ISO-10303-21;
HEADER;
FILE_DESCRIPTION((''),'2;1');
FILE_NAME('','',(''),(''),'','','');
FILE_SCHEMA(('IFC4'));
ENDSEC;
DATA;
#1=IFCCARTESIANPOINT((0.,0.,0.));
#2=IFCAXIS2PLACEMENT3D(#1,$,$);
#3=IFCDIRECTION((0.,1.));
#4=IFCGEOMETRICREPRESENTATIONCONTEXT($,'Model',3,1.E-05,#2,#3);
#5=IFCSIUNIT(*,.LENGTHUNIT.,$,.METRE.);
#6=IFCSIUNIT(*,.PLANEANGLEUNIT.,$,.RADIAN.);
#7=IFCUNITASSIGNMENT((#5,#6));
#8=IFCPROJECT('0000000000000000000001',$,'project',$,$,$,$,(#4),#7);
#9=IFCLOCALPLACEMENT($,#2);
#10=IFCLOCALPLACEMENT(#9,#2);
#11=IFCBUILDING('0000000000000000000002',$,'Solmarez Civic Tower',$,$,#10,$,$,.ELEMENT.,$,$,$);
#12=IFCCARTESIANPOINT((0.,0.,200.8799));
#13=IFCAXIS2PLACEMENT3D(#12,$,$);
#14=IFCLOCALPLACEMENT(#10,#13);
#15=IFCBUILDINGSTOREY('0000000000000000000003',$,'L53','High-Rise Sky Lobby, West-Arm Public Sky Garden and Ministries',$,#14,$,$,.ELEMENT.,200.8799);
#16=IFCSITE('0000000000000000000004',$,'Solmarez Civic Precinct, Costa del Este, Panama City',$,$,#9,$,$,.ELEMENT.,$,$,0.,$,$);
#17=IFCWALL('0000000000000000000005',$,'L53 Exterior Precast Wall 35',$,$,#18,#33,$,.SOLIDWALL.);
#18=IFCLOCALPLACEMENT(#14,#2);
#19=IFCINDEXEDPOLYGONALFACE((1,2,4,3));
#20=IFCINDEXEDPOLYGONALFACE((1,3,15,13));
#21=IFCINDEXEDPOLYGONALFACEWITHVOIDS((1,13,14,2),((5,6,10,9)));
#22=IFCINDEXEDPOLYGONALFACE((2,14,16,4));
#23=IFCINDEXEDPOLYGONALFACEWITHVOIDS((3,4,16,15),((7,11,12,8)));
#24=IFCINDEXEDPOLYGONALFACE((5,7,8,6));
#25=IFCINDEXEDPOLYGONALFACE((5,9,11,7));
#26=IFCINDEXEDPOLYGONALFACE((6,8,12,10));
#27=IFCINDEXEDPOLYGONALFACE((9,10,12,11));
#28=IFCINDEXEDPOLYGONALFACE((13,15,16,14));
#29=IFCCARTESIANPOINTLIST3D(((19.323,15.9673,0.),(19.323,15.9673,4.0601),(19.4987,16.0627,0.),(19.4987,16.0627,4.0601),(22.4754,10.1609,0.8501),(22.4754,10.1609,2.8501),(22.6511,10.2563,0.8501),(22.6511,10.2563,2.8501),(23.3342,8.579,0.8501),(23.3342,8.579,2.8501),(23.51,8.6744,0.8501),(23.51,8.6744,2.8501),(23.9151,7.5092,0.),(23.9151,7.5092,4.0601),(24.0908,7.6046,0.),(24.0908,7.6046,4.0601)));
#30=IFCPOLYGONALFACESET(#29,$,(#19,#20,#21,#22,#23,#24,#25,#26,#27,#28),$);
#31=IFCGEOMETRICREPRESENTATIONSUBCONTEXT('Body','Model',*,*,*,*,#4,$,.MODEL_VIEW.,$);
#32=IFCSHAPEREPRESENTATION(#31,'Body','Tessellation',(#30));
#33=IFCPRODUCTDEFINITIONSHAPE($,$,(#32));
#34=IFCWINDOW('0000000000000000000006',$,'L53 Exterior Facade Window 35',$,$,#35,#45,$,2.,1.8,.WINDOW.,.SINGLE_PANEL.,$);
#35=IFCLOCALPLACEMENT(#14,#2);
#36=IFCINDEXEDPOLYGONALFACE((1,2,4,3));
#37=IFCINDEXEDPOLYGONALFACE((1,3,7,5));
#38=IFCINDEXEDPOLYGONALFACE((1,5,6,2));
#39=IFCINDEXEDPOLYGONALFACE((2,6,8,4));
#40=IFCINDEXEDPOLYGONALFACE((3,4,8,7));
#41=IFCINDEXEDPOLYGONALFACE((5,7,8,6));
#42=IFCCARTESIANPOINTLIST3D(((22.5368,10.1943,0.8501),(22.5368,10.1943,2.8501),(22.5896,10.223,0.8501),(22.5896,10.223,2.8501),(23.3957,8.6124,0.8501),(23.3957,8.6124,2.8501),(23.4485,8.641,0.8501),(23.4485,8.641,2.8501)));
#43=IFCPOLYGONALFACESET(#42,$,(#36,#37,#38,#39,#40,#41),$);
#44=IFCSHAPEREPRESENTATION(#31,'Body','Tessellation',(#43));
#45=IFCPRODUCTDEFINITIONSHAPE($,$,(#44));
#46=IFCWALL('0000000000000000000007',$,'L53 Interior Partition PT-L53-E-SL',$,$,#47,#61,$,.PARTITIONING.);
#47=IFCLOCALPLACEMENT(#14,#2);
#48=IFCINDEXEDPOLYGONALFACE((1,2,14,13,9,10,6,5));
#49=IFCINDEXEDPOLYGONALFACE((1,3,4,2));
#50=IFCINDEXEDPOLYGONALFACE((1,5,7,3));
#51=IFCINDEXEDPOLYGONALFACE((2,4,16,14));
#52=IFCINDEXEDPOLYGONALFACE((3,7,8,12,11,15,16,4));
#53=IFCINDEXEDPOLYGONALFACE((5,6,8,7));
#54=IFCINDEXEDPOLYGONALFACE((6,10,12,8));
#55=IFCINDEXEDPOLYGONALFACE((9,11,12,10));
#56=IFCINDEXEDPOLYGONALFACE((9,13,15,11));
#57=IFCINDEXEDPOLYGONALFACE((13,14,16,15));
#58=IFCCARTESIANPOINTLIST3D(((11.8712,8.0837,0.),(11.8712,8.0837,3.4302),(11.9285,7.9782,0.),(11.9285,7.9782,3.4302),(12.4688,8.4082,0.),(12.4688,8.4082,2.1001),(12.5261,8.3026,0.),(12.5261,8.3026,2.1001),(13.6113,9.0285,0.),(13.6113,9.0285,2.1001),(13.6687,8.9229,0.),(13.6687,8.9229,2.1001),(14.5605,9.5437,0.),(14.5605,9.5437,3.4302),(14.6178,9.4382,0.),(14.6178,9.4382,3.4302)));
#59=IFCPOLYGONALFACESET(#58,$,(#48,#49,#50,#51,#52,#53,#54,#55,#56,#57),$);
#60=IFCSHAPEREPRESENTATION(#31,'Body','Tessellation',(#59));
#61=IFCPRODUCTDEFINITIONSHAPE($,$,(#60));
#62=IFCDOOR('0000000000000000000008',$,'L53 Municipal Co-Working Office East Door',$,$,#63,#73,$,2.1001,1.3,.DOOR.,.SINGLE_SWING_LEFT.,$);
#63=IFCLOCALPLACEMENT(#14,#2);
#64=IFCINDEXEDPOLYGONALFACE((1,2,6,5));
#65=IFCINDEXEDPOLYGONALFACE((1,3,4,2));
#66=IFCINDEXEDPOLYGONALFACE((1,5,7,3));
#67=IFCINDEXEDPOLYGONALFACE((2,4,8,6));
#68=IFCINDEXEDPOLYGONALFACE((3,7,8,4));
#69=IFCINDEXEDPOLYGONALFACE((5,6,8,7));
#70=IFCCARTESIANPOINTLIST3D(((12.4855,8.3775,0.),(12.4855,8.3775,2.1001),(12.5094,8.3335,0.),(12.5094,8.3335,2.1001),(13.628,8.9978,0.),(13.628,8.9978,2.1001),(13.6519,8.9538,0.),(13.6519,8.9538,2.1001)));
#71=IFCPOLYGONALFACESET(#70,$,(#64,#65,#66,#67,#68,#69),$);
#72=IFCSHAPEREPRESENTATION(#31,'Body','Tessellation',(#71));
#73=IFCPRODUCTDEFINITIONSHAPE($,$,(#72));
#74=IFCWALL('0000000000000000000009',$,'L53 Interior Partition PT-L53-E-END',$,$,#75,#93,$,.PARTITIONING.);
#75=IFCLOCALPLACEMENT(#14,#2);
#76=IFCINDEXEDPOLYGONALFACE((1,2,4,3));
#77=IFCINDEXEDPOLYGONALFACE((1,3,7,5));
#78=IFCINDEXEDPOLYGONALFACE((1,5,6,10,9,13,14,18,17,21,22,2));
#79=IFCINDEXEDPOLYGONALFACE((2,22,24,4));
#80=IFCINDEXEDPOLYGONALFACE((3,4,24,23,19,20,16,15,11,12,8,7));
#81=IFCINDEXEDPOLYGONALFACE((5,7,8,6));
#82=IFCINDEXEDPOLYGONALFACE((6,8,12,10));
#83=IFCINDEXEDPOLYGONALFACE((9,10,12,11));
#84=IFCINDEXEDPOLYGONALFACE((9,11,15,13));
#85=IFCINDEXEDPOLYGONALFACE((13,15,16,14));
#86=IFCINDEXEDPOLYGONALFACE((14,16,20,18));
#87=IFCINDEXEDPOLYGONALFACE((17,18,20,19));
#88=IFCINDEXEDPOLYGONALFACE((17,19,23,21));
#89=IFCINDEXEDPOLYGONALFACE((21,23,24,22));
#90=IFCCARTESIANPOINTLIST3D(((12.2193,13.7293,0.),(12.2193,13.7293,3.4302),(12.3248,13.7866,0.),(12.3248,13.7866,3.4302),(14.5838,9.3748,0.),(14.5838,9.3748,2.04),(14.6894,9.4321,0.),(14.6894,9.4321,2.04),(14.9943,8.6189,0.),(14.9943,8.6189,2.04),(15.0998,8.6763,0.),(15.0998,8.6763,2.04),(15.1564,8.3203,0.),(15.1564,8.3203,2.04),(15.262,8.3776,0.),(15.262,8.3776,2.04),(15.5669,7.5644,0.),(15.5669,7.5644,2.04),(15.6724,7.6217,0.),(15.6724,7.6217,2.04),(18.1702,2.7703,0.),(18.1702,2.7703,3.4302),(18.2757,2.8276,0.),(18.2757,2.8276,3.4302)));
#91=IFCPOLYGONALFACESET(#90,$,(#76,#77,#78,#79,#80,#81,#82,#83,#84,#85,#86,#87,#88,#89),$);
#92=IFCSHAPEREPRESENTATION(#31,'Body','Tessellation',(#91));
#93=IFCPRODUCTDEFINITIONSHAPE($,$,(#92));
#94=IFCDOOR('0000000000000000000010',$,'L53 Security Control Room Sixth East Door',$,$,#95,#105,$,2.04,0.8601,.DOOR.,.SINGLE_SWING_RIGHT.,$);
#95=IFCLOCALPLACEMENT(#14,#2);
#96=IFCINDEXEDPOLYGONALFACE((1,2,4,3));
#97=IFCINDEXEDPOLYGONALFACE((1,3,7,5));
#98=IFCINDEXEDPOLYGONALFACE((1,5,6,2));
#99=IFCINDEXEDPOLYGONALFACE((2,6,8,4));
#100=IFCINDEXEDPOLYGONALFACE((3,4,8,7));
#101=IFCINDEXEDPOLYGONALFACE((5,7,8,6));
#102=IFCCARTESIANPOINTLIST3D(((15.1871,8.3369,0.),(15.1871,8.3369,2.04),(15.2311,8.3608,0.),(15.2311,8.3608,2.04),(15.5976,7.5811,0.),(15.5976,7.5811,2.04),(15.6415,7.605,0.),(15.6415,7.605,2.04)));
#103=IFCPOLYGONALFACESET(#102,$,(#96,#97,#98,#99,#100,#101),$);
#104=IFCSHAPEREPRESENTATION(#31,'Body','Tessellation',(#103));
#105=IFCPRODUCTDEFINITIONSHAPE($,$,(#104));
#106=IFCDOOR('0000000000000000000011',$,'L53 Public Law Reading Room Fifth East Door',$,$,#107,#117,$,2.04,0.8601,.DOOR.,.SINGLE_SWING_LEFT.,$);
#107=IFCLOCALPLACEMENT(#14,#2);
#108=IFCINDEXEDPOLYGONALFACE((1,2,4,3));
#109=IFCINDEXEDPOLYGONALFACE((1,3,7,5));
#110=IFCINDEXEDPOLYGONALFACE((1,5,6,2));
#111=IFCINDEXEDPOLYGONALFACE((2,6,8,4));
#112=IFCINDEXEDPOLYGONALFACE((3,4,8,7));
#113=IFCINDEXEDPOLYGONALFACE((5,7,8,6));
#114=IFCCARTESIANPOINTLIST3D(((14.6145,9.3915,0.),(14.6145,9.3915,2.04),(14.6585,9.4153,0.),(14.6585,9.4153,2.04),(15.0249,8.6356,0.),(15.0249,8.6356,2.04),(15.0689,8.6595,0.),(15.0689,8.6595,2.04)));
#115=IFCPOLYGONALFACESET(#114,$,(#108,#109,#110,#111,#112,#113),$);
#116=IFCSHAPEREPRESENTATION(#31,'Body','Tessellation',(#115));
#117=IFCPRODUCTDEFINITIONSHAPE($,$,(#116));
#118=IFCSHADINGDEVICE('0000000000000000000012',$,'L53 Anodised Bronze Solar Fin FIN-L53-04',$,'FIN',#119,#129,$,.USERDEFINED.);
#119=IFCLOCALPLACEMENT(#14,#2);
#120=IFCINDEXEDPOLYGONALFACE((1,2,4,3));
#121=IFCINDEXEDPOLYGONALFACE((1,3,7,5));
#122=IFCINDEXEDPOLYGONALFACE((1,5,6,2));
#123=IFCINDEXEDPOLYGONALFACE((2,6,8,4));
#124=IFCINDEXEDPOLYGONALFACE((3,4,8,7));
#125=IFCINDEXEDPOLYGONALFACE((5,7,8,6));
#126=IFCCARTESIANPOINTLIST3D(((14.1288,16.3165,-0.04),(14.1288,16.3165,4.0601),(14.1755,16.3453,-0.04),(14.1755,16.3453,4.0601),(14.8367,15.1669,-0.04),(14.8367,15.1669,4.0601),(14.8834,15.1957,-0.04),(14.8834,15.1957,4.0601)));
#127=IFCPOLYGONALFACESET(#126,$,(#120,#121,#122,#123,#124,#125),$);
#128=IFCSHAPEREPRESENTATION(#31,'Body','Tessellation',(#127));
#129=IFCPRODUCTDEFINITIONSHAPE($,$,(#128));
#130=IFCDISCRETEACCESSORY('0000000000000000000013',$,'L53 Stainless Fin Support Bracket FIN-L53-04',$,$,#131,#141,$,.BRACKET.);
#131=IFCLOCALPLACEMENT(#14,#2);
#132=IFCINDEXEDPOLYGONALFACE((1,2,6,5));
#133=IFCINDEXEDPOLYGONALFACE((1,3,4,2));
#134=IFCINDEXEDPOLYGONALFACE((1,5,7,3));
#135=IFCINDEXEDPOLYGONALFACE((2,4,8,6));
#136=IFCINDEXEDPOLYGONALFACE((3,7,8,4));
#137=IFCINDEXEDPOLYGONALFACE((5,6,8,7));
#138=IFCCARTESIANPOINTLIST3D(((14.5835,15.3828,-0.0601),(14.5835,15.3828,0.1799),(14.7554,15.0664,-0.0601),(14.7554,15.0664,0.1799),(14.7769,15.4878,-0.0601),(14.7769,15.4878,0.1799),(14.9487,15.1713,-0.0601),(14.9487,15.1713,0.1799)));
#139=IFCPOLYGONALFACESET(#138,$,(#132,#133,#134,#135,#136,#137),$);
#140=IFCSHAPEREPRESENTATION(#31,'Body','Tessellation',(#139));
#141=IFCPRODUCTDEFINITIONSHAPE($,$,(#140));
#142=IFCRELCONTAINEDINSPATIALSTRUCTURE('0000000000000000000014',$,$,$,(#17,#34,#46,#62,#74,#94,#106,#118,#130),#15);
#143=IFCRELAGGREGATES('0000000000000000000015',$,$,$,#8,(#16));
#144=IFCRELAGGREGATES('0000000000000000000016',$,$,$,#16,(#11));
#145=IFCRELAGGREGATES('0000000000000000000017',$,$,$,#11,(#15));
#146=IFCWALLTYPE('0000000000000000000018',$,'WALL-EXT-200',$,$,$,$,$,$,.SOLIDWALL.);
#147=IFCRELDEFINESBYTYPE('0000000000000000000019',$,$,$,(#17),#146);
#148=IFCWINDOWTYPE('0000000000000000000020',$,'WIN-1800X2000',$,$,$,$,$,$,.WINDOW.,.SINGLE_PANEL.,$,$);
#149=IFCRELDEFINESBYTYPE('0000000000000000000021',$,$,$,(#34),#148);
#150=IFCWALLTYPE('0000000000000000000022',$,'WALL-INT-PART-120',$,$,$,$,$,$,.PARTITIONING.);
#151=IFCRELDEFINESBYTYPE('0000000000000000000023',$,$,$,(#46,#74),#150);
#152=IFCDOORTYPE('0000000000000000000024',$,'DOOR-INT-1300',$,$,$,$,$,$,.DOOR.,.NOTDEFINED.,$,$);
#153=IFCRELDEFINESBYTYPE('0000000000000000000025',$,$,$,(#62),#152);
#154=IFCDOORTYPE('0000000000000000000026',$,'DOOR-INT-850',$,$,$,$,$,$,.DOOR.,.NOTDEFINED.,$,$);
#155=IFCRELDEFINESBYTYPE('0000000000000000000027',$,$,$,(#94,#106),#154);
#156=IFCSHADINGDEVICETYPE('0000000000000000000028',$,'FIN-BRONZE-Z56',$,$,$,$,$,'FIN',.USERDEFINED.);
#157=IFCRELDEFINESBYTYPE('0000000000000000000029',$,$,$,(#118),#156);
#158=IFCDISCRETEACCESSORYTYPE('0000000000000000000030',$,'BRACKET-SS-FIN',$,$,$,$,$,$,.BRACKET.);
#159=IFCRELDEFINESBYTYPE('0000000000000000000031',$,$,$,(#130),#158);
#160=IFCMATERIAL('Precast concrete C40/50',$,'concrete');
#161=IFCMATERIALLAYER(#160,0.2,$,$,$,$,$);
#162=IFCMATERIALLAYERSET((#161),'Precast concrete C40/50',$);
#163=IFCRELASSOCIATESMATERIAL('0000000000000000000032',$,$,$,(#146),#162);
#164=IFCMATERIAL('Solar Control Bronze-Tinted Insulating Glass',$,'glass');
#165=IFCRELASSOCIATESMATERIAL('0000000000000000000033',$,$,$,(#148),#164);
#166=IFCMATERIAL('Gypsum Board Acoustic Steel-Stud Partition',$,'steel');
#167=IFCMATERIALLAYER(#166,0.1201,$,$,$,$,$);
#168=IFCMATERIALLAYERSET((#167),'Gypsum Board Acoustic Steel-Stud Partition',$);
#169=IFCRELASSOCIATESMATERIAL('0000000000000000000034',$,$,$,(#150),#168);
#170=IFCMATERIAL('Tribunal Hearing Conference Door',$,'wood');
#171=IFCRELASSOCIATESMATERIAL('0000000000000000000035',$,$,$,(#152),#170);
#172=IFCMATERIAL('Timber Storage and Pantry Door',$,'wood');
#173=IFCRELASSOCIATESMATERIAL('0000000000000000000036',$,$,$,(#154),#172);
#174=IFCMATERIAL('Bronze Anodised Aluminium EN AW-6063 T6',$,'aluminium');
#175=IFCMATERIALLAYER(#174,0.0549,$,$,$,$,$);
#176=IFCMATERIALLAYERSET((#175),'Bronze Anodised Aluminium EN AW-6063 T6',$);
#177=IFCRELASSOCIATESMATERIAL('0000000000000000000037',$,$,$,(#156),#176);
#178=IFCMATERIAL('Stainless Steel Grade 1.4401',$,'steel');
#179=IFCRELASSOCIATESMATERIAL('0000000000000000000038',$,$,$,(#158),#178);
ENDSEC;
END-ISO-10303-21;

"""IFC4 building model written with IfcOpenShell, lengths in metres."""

from ifc_helpers import new_model, si_unit, direction, frame, frame_2d, origin, origin_2d, place, context, subcontext, project, spatial, rectangle, extrude, material, layer, layer_set, type_object, element, fill, save


model = new_model("IFC4")

# Units and contexts
model_context = context("Model", 3, precision=1e-05, world=origin(), true_north=direction((0.0, 1.0)))
body_context = subcontext(model_context, "Body", "Model", "MODEL_VIEW")
ifc_project = project(units=[si_unit("LENGTHUNIT", "METRE"), si_unit("PLANEANGLEUNIT", "RADIAN")], contexts=[model_context])

# Site, building, storey
site_placement = place(None, origin())
site = spatial("IfcSite", under=ifc_project, at=site_placement, Name="Solmarez Civic Precinct, Costa del Este, Panama City", CompositionType="ELEMENT", RefElevation=0.0)
building_placement = place(site_placement, origin())
building = spatial("IfcBuilding", under=site, at=building_placement, Name="Solmarez Civic Tower", CompositionType="ELEMENT")
storey_placement = place(building_placement, frame((0.0, 0.0, 200.8799)))
storey = spatial("IfcBuildingStorey", under=building, at=storey_placement, Name="L53", Description="High-Rise Sky Lobby, West-Arm Public Sky Garden and Ministries", CompositionType="ELEMENT", Elevation=200.8799)

# Shared definitions
ifc_material_1 = material(Name="Precast concrete C40/50", Category="concrete")
ifc_layer_1 = layer(ifc_material_1, 0.2)
ifc_layer_set_1 = layer_set([ifc_layer_1], Name="Precast concrete C40/50")
wall_type_1 = type_object("IfcWallType", Name="WALL-EXT-200", PredefinedType="SOLIDWALL", material=ifc_layer_set_1)
ifc_material_2 = material(Name="Solar Control Bronze-Tinted Insulating Glass", Category="glass")

# Wall, opening, window
wall_1_placement = place(storey_placement, frame((19.4109, 16.0149, 0.0), z_axis=(0.0, 0.0, 1.0), x_axis=(0.477136, -0.878829, 0.0)))
wall_1 = element("IfcWall", 1, at=wall_1_placement, inside=storey, type_object=wall_type_1, Name="L53 Exterior Precast Wall 35", PredefinedType="SOLIDWALL", context=body_context, shape_type="SweptSolid", body=[
    extrude(rectangle(XDim=9.6243, YDim=0.2, at=frame_2d((4.812, 0.0))), origin(), (0.0, 0.0, 1.0), 4.0601),
])
opening_1_placement = place(wall_1_placement, frame((6.6069, 0.0, 0.8501)))
opening_1 = element("IfcOpeningElement", 2, at=opening_1_placement, cuts=wall_1, PredefinedType="OPENING", context=body_context, shape_type="SweptSolid", body=[
    extrude(rectangle(XDim=1.8, YDim=2.0, at=frame_2d((0.8999, 1.0))), frame((0.0, 0.1099, 0.0), z_axis=(0.0, -1.0, 0.0), x_axis=(1.0, 0.0, 0.0)), (0.0, 0.0, 1.0), 0.22),
])
window_type_1 = type_object("IfcWindowType", Name="WIN-1800X2000", PartitioningType="SINGLE_PANEL", PredefinedType="WINDOW", material=ifc_material_2)
window_1_placement = place(opening_1_placement, origin())
window_1 = element("IfcWindow", 3, at=window_1_placement, inside=storey, type_object=window_type_1, Name="L53 Exterior Facade Window 35", OverallHeight=2.0, OverallWidth=1.8, PartitioningType="SINGLE_PANEL", PredefinedType="WINDOW", context=body_context, shape_type="SweptSolid", body=[
    extrude(rectangle(XDim=1.8, YDim=2.0, at=frame_2d((0.8999, 1.0))), frame((0.0, 0.03, 0.0), z_axis=(0.0, -1.0, 0.0), x_axis=(1.0, 0.0, 0.0)), (0.0, 0.0, 1.0), 0.0601),
])
fill(opening_1, window_1)

# Wall, opening, door
ifc_material_3 = material(Name="Gypsum Board Acoustic Steel-Stud Partition", Category="steel")
ifc_layer_2 = layer(ifc_material_3, 0.1201)
ifc_layer_set_2 = layer_set([ifc_layer_2], Name="Gypsum Board Acoustic Steel-Stud Partition")
wall_type_2 = type_object("IfcWallType", Name="WALL-INT-PART-120", PredefinedType="PARTITIONING", material=ifc_layer_set_2)
wall_2_placement = place(storey_placement, frame((14.5891, 9.491, 0.0), z_axis=(0.0, 0.0, 1.0), x_axis=(-0.878839, -0.477118, 0.0)))
wall_2 = element("IfcWall", 4, at=wall_2_placement, inside=storey, type_object=wall_type_2, Name="L53 Interior Partition PT-L53-E-SL", PredefinedType="PARTITIONING", context=body_context, shape_type="SweptSolid", body=[
    extrude(rectangle(XDim=3.0601, YDim=0.1201, at=frame_2d((1.53, 0.0))), origin(), (0.0, 0.0, 1.0), 3.4302),
])
opening_2_placement = place(wall_2_placement, frame((1.0801, 0.0, 0.0)))
opening_2 = element("IfcOpeningElement", 5, at=opening_2_placement, cuts=wall_2, PredefinedType="OPENING", context=body_context, shape_type="SweptSolid", body=[
    extrude(rectangle(XDim=1.3, YDim=2.1001, at=frame_2d((0.6499, 1.05))), frame((0.0, 0.0701, 0.0), z_axis=(0.0, -1.0, 0.0), x_axis=(1.0, 0.0, 0.0)), (0.0, 0.0, 1.0), 0.1401),
])
ifc_material_4 = material(Name="Tribunal Hearing Conference Door", Category="wood")
door_type_1 = type_object("IfcDoorType", Name="DOOR-INT-1300", OperationType="NOTDEFINED", PredefinedType="DOOR", material=ifc_material_4)
door_1_placement = place(opening_2_placement, origin())
door_1 = element("IfcDoor", 6, at=door_1_placement, inside=storey, type_object=door_type_1, Name="L53 Municipal Co-Working Office East Door", OperationType="SINGLE_SWING_LEFT", OverallHeight=2.1001, OverallWidth=1.3, PredefinedType="DOOR", context=body_context, shape_type="SweptSolid", body=[
    extrude(rectangle(XDim=1.3, YDim=2.1001, at=frame_2d((0.6499, 1.05))), frame((0.0, 0.0249, 0.0), z_axis=(0.0, -1.0, 0.0), x_axis=(1.0, 0.0, 0.0)), (0.0, 0.0, 1.0), 0.05),
])
fill(opening_2, door_1)

# Wall, openings, doors
wall_3_placement = place(storey_placement, frame((12.272, 13.7581, 0.0), z_axis=(0.0, 0.0, 1.0), x_axis=(0.477201, -0.878794, 0.0)))
wall_3 = element("IfcWall", 7, at=wall_3_placement, inside=storey, type_object=wall_type_2, Name="L53 Interior Partition PT-L53-E-END", PredefinedType="PARTITIONING", context=body_context, shape_type="SweptSolid", body=[
    extrude(rectangle(XDim=12.4705, YDim=0.1201, at=frame_2d((6.2354, 0.0))), origin(), (0.0, 0.0, 1.0), 3.4302),
])
opening_3_placement = place(wall_3_placement, frame((6.155, 0.0, 0.0)))
opening_3 = element("IfcOpeningElement", 8, at=opening_3_placement, cuts=wall_3, PredefinedType="OPENING", context=body_context, shape_type="SweptSolid", body=[
    extrude(rectangle(XDim=0.8601, YDim=2.04, at=frame_2d((0.4302, 1.02))), frame((0.0, 0.0701, 0.0), z_axis=(0.0, -1.0, 0.0), x_axis=(1.0, 0.0, 0.0)), (0.0, 0.0, 1.0), 0.1401),
])
opening_4_placement = place(wall_3_placement, frame((4.9551, 0.0, 0.0)))
opening_4 = element("IfcOpeningElement", 9, at=opening_4_placement, cuts=wall_3, PredefinedType="OPENING", context=body_context, shape_type="SweptSolid", body=[
    extrude(rectangle(XDim=0.8601, YDim=2.04, at=frame_2d((0.4302, 1.02))), frame((0.0, 0.0701, 0.0), z_axis=(0.0, -1.0, 0.0), x_axis=(1.0, 0.0, 0.0)), (0.0, 0.0, 1.0), 0.1401),
])
ifc_material_5 = material(Name="Timber Storage and Pantry Door", Category="wood")
door_type_2 = type_object("IfcDoorType", Name="DOOR-INT-850", OperationType="NOTDEFINED", PredefinedType="DOOR", material=ifc_material_5)
door_2_placement = place(opening_3_placement, origin())
door_2 = element("IfcDoor", 10, at=door_2_placement, inside=storey, type_object=door_type_2, Name="L53 Security Control Room Sixth East Door", OperationType="SINGLE_SWING_RIGHT", OverallHeight=2.04, OverallWidth=0.8601, PredefinedType="DOOR", context=body_context, shape_type="SweptSolid", body=[
    extrude(rectangle(XDim=0.8601, YDim=2.04, at=frame_2d((0.4302, 1.02))), frame((0.0, 0.0249, 0.0), z_axis=(0.0, -1.0, 0.0), x_axis=(1.0, 0.0, 0.0)), (0.0, 0.0, 1.0), 0.05),
])
fill(opening_3, door_2)
door_3_placement = place(opening_4_placement, origin())
door_3 = element("IfcDoor", 11, at=door_3_placement, inside=storey, type_object=door_type_2, Name="L53 Public Law Reading Room Fifth East Door", OperationType="SINGLE_SWING_LEFT", OverallHeight=2.04, OverallWidth=0.8601, PredefinedType="DOOR", context=body_context, shape_type="SweptSolid", body=[
    extrude(rectangle(XDim=0.8601, YDim=2.04, at=frame_2d((0.4302, 1.02))), frame((0.0, 0.0249, 0.0), z_axis=(0.0, -1.0, 0.0), x_axis=(1.0, 0.0, 0.0)), (0.0, 0.0, 1.0), 0.05),
])
fill(opening_4, door_3)

# Shading device
ifc_material_6 = material(Name="Bronze Anodised Aluminium EN AW-6063 T6", Category="aluminium")
ifc_layer_3 = layer(ifc_material_6, 0.0549)
ifc_layer_set_3 = layer_set([ifc_layer_3], Name="Bronze Anodised Aluminium EN AW-6063 T6")
shading_device_type = type_object("IfcShadingDeviceType", Name="FIN-BRONZE-Z56", ElementType="FIN", PredefinedType="USERDEFINED", material=ifc_layer_set_3)
shading_device_placement = place(storey_placement, frame((14.5061, 15.7561, -0.04), z_axis=(0.0, 0.0, 1.0), x_axis=(-0.524328, 0.851517, 0.0)))
element("IfcShadingDevice", 12, at=shading_device_placement, inside=storey, type_object=shading_device_type, Name="L53 Anodised Bronze Solar Fin FIN-L53-04", ObjectType="FIN", PredefinedType="USERDEFINED", context=body_context, shape_type="SweptSolid", body=[
    extrude(rectangle(XDim=1.3501, YDim=0.0549, at=origin_2d()), origin(), (0.0, 0.0, 1.0), 4.1001),
])

# Discrete accessory
ifc_material_7 = material(Name="Stainless Steel Grade 1.4401", Category="steel")
discrete_accessory_type = type_object("IfcDiscreteAccessoryType", Name="BRACKET-SS-FIN", PredefinedType="BRACKET", material=ifc_material_7)
discrete_accessory_placement = place(storey_placement, frame((14.7661, 15.2771, -0.0601), z_axis=(0.0, 0.0, 1.0), x_axis=(-0.477175, 0.878808, 0.0)))
element("IfcDiscreteAccessory", 13, at=discrete_accessory_placement, inside=storey, type_object=discrete_accessory_type, Name="L53 Stainless Fin Support Bracket FIN-L53-04", PredefinedType="BRACKET", context=body_context, shape_type="SweptSolid", body=[
    extrude(rectangle(XDim=0.3601, YDim=0.22, at=origin_2d()), origin(), (0.0, 0.0, 1.0), 0.24),
])

save(model, "model.ifc")
